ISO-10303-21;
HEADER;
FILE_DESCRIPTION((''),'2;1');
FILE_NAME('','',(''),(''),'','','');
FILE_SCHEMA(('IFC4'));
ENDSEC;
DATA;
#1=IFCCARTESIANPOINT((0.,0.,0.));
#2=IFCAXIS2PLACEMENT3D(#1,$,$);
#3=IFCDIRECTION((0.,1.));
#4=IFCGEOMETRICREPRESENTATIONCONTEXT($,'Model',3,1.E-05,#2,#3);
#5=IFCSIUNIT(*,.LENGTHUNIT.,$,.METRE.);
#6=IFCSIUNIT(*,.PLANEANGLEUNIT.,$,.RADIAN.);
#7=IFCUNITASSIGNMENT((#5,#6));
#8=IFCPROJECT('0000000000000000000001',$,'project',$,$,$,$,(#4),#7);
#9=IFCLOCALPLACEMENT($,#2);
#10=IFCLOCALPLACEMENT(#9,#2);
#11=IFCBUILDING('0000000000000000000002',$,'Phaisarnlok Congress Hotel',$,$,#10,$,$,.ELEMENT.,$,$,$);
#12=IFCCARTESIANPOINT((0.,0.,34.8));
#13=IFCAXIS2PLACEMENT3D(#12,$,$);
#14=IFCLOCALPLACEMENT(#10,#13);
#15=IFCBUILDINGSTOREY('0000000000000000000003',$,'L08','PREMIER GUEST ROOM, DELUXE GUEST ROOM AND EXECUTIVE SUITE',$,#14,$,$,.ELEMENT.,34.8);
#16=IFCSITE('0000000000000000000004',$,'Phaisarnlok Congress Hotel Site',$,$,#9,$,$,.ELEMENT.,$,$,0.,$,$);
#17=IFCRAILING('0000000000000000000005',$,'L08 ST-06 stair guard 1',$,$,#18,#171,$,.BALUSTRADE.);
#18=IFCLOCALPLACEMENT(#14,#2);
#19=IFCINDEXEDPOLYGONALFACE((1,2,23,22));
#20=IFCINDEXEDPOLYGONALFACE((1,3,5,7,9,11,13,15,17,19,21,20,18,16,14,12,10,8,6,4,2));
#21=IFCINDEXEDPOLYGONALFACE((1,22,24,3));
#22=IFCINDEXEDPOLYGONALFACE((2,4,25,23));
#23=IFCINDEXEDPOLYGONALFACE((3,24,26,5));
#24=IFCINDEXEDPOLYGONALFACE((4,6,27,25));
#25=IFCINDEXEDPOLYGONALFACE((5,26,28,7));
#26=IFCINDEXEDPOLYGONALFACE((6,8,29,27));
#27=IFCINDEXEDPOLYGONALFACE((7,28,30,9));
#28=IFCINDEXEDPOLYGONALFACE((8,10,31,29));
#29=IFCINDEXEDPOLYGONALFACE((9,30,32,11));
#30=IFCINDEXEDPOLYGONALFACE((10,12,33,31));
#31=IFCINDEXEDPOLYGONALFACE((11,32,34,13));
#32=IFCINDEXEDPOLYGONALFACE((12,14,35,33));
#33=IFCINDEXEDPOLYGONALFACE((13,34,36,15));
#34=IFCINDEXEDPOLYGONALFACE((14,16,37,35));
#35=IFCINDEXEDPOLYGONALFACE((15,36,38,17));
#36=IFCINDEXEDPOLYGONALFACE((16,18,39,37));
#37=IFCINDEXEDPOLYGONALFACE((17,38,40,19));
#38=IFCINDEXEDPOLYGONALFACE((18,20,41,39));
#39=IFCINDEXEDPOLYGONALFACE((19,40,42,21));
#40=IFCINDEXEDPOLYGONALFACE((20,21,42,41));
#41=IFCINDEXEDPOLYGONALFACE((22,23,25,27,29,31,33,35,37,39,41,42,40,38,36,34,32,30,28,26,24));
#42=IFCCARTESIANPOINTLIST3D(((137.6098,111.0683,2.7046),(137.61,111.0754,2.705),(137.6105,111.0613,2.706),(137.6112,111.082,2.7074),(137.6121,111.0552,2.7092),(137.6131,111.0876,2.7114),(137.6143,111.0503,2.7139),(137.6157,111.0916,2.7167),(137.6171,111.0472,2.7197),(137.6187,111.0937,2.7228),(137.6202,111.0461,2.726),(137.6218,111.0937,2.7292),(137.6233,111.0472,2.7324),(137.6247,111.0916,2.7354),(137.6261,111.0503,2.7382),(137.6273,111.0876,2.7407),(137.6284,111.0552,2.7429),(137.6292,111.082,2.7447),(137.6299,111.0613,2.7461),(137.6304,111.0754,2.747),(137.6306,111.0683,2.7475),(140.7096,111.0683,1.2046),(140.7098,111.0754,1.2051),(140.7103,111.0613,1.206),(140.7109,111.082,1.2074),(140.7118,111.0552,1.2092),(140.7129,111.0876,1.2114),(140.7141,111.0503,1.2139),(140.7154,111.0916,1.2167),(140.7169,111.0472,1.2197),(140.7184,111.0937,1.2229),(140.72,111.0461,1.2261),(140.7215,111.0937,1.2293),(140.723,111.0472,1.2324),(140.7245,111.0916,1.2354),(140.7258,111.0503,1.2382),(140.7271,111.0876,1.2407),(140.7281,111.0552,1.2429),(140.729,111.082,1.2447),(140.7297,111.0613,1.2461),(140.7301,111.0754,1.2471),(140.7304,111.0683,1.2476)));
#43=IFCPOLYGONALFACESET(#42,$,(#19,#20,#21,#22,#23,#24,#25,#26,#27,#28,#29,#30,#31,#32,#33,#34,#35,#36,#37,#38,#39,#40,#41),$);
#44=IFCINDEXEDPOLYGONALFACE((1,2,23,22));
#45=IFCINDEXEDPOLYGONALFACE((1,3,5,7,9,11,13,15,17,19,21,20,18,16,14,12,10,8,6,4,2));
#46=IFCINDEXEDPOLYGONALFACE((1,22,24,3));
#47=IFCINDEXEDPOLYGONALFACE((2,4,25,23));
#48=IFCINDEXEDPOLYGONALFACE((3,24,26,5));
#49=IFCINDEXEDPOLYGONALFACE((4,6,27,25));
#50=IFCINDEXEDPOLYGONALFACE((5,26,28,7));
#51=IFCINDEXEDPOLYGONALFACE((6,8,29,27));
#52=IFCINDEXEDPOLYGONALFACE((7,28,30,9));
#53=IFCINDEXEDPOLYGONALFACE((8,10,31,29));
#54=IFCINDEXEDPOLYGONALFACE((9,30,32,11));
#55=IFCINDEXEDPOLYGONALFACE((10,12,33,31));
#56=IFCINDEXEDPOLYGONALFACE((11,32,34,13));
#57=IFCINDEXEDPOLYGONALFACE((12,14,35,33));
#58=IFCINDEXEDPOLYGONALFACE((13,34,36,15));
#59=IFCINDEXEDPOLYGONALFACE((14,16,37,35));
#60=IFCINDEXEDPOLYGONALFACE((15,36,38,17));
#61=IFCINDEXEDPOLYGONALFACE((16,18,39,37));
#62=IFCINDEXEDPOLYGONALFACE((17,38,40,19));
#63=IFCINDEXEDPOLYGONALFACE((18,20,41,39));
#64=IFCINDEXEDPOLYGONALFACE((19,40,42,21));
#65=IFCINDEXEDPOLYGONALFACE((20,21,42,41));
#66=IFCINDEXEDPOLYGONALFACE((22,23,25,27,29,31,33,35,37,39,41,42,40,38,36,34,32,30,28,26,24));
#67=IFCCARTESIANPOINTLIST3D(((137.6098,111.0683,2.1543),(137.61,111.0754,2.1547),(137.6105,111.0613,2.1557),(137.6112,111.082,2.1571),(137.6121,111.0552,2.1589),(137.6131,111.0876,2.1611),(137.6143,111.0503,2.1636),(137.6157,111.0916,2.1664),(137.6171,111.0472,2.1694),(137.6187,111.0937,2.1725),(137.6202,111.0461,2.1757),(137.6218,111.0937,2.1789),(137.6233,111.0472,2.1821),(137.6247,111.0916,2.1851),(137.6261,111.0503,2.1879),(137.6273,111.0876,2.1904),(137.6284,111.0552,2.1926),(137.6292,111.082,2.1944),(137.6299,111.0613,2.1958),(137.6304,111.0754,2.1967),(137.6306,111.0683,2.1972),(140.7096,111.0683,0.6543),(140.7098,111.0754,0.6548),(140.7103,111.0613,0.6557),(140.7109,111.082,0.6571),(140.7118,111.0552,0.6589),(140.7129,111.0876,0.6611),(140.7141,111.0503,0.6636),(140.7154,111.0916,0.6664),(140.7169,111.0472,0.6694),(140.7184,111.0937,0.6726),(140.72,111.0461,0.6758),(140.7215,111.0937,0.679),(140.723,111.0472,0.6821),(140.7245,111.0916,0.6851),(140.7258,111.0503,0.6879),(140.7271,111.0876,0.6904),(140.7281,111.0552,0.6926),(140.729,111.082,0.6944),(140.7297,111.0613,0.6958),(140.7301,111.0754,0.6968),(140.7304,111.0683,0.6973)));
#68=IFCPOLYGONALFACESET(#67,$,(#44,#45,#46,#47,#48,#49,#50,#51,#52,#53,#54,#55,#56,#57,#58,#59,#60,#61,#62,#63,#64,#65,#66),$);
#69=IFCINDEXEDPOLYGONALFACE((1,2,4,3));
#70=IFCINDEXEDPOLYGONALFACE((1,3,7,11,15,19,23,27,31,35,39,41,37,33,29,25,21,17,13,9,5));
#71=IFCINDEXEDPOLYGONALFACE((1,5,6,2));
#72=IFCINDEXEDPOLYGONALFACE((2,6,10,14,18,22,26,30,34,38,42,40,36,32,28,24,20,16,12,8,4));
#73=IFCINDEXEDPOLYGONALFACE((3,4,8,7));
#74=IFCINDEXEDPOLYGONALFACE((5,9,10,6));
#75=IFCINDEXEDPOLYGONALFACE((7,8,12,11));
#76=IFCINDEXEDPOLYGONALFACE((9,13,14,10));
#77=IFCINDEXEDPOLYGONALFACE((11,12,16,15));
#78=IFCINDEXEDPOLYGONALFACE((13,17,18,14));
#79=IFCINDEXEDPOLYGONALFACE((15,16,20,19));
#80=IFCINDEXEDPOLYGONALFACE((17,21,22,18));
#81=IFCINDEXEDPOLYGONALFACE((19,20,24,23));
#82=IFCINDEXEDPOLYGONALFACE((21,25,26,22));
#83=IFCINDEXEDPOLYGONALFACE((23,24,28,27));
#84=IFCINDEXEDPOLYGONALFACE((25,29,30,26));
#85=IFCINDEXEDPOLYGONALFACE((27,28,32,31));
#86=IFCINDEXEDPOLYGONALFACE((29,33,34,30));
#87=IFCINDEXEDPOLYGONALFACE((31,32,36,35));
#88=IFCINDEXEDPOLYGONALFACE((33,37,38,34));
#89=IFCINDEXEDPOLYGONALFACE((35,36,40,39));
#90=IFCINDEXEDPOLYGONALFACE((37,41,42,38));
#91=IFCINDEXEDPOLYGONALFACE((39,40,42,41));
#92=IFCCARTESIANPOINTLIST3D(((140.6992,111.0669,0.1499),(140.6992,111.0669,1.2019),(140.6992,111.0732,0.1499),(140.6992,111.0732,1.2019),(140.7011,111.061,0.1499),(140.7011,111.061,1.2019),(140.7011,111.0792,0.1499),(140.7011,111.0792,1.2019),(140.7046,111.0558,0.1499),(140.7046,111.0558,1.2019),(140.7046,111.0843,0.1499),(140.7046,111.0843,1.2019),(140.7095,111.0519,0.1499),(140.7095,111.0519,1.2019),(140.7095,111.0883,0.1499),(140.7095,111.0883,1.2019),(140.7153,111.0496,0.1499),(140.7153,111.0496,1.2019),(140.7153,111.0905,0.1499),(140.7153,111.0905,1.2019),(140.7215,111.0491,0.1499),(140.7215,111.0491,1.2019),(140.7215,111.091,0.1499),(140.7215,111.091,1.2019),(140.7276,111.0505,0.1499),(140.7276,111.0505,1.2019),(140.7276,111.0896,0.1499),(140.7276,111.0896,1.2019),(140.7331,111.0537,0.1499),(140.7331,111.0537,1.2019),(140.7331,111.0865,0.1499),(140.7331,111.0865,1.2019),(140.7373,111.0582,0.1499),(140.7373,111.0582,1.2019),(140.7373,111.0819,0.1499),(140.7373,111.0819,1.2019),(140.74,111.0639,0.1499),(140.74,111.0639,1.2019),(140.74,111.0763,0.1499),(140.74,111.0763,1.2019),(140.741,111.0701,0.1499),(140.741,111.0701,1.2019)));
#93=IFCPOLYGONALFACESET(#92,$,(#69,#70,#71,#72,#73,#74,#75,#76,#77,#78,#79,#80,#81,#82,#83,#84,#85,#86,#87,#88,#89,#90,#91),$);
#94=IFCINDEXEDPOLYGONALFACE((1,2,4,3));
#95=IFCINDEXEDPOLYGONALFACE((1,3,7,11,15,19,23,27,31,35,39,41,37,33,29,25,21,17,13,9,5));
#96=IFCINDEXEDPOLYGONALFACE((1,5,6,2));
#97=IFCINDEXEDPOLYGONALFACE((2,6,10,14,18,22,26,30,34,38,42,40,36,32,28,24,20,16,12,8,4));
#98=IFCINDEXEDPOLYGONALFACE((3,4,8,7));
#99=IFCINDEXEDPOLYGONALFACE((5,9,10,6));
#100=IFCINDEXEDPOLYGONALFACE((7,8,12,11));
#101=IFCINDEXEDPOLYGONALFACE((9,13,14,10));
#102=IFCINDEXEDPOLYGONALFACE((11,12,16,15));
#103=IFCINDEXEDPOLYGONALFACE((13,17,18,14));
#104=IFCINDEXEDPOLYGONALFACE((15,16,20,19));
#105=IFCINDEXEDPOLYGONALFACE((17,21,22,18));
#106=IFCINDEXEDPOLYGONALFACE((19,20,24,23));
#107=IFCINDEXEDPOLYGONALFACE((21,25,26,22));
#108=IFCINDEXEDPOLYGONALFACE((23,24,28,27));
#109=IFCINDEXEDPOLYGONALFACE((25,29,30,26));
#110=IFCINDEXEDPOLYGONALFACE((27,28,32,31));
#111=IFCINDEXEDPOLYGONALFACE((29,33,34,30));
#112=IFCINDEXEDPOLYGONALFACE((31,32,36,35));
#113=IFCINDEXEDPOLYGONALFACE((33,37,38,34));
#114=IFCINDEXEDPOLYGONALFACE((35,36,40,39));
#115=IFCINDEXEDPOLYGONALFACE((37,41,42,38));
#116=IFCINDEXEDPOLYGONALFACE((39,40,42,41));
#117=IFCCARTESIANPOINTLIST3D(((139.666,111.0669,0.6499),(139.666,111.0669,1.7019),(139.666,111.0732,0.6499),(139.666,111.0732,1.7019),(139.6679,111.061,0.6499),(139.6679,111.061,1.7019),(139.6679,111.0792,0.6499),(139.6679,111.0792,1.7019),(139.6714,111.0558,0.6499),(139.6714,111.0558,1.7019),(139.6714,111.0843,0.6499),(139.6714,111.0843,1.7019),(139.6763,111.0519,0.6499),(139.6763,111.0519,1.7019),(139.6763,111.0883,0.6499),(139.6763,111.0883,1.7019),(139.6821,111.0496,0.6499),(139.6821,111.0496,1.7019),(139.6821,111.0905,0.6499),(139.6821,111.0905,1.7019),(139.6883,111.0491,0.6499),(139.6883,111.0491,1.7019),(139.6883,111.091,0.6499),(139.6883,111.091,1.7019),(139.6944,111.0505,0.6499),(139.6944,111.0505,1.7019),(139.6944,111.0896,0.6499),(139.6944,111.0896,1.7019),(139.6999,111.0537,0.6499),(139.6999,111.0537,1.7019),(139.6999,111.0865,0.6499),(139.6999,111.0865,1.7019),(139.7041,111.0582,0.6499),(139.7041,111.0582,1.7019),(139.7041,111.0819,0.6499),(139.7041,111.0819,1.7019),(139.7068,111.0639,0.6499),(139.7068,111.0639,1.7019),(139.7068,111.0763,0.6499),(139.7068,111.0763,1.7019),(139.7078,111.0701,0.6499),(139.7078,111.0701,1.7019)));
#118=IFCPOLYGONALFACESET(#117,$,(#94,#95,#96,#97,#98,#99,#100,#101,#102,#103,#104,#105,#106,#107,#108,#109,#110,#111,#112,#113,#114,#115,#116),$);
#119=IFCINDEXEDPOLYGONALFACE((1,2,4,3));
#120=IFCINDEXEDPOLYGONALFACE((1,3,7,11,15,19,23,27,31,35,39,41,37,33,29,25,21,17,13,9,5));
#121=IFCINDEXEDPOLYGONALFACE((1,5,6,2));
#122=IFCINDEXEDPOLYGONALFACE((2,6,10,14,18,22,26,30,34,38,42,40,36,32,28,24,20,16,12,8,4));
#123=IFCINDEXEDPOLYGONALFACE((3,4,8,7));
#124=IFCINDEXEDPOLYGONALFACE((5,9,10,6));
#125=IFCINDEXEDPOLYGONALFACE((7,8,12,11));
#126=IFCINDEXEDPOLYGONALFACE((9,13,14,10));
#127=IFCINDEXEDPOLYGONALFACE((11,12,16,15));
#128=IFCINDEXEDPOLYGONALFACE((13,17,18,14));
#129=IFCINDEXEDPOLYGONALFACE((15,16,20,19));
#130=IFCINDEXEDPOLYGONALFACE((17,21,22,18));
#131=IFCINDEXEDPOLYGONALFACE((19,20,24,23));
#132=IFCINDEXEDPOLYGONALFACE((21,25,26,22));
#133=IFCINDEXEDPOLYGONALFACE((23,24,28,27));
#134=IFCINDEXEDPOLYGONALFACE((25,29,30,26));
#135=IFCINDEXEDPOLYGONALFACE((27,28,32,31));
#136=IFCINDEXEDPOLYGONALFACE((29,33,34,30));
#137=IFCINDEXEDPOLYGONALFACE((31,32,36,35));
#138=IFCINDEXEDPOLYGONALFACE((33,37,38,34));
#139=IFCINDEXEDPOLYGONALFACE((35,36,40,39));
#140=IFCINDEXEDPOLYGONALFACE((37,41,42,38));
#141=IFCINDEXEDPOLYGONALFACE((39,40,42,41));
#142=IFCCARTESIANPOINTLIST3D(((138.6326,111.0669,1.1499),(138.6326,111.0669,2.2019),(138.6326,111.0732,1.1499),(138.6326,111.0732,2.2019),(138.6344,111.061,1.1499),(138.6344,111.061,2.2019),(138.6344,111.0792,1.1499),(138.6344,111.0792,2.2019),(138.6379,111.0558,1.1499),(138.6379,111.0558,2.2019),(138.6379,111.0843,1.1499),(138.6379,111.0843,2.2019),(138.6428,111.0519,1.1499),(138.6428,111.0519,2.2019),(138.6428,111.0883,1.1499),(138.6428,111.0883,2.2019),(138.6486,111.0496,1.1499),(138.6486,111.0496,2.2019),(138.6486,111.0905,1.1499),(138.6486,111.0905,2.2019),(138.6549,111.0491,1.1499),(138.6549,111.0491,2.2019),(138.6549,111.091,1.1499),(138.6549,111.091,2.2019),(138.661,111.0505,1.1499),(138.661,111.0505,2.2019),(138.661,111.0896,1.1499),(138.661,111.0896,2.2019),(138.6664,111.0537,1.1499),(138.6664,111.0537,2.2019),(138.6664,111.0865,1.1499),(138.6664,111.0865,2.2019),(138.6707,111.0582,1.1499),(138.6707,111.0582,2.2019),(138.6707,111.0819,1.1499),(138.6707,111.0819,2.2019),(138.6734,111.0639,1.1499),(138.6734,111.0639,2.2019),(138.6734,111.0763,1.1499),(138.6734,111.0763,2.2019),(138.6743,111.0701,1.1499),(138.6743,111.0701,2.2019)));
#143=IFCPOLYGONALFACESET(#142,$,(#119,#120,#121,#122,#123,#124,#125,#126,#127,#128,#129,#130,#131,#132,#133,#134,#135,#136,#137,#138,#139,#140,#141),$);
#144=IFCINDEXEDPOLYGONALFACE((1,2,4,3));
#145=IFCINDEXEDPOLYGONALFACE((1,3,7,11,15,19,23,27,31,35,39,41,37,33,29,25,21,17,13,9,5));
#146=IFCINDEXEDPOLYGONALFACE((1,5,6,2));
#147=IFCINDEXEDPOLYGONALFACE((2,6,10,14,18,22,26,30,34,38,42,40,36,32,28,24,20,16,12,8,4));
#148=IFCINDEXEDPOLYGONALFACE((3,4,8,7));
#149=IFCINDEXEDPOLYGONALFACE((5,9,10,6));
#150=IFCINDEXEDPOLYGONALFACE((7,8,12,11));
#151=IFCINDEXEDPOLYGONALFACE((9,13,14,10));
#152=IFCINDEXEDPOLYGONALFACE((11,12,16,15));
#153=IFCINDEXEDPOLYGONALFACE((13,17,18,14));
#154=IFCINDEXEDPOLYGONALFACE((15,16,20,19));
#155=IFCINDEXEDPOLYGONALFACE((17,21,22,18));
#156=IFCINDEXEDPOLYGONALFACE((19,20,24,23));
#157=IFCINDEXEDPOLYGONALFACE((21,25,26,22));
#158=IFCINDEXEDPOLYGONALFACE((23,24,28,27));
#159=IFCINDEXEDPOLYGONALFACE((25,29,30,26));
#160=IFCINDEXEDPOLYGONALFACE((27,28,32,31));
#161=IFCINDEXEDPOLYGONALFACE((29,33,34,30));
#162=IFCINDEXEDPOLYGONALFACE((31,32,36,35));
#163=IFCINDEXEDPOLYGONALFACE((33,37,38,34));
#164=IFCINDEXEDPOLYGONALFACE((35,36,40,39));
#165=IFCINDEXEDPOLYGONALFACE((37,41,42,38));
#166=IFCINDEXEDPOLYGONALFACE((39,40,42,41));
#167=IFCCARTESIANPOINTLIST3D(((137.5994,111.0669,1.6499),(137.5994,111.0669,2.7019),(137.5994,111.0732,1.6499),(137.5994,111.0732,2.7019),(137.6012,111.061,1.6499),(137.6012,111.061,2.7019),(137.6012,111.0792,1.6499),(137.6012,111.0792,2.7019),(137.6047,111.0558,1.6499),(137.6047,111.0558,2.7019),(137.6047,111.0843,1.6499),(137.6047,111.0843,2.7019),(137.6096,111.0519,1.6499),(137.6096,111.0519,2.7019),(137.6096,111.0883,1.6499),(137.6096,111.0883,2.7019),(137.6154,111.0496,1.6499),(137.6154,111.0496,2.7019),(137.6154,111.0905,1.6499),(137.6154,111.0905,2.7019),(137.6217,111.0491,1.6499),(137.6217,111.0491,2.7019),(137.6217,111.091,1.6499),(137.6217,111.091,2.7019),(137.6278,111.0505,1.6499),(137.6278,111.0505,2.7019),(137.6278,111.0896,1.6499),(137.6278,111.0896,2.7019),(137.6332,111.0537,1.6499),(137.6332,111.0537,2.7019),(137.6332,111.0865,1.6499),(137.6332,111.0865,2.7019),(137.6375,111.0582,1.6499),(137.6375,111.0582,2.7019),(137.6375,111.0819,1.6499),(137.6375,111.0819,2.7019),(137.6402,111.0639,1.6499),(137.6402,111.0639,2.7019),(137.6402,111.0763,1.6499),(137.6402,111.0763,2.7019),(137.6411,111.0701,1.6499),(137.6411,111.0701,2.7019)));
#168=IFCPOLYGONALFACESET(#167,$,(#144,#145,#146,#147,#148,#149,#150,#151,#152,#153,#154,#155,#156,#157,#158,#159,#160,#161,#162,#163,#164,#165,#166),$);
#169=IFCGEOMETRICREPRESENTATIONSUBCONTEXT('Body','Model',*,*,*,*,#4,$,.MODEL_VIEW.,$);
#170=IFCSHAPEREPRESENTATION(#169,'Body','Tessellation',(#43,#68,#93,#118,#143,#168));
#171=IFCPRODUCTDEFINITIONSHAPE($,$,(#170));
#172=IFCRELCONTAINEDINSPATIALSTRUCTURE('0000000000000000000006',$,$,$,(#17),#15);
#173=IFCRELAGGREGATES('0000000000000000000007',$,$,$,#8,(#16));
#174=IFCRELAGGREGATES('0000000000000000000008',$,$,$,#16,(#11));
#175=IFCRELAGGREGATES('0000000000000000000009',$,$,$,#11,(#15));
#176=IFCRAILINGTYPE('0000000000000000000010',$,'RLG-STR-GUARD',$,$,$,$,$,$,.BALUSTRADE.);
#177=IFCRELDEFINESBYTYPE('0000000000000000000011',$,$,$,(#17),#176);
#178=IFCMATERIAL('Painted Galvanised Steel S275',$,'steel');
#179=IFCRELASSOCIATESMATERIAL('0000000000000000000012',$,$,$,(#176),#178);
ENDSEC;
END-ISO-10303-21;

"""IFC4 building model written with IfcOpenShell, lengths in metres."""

from ifc_helpers import new_model, si_unit, direction, frame, origin, origin_2d, place, context, subcontext, project, spatial, circle, extrude, material, type_object, element, save


model = new_model("IFC4")

# Units and contexts
model_context = context("Model", 3, precision=1e-05, world=origin(), true_north=direction((0.0, 1.0)))
body_context = subcontext(model_context, "Body", "Model", "MODEL_VIEW")
ifc_project = project(units=[si_unit("LENGTHUNIT", "METRE"), si_unit("PLANEANGLEUNIT", "RADIAN")], contexts=[model_context])

# Site, building, storey
site_placement = place(None, origin())
site = spatial("IfcSite", under=ifc_project, at=site_placement, Name="Phaisarnlok Congress Hotel Site", CompositionType="ELEMENT", RefElevation=0.0)
building_placement = place(site_placement, origin())
building = spatial("IfcBuilding", under=site, at=building_placement, Name="Phaisarnlok Congress Hotel", CompositionType="ELEMENT")
storey_placement = place(building_placement, frame((0.0, 0.0, 34.8)))
storey = spatial("IfcBuildingStorey", under=building, at=storey_placement, Name="L08", Description="PREMIER GUEST ROOM, DELUXE GUEST ROOM AND EXECUTIVE SUITE", CompositionType="ELEMENT", Elevation=34.8)

# Railing
ifc_material_1 = material(Name="Painted Galvanised Steel S275", Category="steel")
railing_type_1 = type_object("IfcRailingType", Name="RLG-STR-GUARD", PredefinedType="BALUSTRADE", material=ifc_material_1)
railing_1_placement = place(storey_placement, frame((140.72, 111.0701, 0.1499)))
element("IfcRailing", 1, at=railing_1_placement, inside=storey, type_object=railing_type_1, Name="L08 ST-06 stair guard 1", PredefinedType="BALUSTRADE", context=body_context, shape_type="SweptSolid", body=[
    extrude(circle(Radius=0.0239, at=origin_2d()), frame((0.0, 0.0, 1.0762), z_axis=(-0.900151, 0.0, 0.435578), x_axis=(0.0, -1.0, 0.0)), (0.0, 0.0, 1.0), 3.4436),
    extrude(circle(Radius=0.0239, at=origin_2d()), frame((0.0, 0.0, 0.5259), z_axis=(-0.900151, 0.0, 0.435578), x_axis=(0.0, -1.0, 0.0)), (0.0, 0.0, 1.0), 3.4436),
    extrude(circle(Radius=0.021, at=origin_2d()), origin(), (0.0, 0.0, 1.0), 1.052),
    extrude(circle(Radius=0.021, at=origin_2d()), frame((-1.0332, 0.0, 0.5)), (0.0, 0.0, 1.0), 1.052),
    extrude(circle(Radius=0.021, at=origin_2d()), frame((-2.0667, 0.0, 1.0)), (0.0, 0.0, 1.0), 1.052),
    extrude(circle(Radius=0.021, at=origin_2d()), frame((-3.0999, 0.0, 1.5)), (0.0, 0.0, 1.0), 1.052),
])

save(model, "model.ifc")
